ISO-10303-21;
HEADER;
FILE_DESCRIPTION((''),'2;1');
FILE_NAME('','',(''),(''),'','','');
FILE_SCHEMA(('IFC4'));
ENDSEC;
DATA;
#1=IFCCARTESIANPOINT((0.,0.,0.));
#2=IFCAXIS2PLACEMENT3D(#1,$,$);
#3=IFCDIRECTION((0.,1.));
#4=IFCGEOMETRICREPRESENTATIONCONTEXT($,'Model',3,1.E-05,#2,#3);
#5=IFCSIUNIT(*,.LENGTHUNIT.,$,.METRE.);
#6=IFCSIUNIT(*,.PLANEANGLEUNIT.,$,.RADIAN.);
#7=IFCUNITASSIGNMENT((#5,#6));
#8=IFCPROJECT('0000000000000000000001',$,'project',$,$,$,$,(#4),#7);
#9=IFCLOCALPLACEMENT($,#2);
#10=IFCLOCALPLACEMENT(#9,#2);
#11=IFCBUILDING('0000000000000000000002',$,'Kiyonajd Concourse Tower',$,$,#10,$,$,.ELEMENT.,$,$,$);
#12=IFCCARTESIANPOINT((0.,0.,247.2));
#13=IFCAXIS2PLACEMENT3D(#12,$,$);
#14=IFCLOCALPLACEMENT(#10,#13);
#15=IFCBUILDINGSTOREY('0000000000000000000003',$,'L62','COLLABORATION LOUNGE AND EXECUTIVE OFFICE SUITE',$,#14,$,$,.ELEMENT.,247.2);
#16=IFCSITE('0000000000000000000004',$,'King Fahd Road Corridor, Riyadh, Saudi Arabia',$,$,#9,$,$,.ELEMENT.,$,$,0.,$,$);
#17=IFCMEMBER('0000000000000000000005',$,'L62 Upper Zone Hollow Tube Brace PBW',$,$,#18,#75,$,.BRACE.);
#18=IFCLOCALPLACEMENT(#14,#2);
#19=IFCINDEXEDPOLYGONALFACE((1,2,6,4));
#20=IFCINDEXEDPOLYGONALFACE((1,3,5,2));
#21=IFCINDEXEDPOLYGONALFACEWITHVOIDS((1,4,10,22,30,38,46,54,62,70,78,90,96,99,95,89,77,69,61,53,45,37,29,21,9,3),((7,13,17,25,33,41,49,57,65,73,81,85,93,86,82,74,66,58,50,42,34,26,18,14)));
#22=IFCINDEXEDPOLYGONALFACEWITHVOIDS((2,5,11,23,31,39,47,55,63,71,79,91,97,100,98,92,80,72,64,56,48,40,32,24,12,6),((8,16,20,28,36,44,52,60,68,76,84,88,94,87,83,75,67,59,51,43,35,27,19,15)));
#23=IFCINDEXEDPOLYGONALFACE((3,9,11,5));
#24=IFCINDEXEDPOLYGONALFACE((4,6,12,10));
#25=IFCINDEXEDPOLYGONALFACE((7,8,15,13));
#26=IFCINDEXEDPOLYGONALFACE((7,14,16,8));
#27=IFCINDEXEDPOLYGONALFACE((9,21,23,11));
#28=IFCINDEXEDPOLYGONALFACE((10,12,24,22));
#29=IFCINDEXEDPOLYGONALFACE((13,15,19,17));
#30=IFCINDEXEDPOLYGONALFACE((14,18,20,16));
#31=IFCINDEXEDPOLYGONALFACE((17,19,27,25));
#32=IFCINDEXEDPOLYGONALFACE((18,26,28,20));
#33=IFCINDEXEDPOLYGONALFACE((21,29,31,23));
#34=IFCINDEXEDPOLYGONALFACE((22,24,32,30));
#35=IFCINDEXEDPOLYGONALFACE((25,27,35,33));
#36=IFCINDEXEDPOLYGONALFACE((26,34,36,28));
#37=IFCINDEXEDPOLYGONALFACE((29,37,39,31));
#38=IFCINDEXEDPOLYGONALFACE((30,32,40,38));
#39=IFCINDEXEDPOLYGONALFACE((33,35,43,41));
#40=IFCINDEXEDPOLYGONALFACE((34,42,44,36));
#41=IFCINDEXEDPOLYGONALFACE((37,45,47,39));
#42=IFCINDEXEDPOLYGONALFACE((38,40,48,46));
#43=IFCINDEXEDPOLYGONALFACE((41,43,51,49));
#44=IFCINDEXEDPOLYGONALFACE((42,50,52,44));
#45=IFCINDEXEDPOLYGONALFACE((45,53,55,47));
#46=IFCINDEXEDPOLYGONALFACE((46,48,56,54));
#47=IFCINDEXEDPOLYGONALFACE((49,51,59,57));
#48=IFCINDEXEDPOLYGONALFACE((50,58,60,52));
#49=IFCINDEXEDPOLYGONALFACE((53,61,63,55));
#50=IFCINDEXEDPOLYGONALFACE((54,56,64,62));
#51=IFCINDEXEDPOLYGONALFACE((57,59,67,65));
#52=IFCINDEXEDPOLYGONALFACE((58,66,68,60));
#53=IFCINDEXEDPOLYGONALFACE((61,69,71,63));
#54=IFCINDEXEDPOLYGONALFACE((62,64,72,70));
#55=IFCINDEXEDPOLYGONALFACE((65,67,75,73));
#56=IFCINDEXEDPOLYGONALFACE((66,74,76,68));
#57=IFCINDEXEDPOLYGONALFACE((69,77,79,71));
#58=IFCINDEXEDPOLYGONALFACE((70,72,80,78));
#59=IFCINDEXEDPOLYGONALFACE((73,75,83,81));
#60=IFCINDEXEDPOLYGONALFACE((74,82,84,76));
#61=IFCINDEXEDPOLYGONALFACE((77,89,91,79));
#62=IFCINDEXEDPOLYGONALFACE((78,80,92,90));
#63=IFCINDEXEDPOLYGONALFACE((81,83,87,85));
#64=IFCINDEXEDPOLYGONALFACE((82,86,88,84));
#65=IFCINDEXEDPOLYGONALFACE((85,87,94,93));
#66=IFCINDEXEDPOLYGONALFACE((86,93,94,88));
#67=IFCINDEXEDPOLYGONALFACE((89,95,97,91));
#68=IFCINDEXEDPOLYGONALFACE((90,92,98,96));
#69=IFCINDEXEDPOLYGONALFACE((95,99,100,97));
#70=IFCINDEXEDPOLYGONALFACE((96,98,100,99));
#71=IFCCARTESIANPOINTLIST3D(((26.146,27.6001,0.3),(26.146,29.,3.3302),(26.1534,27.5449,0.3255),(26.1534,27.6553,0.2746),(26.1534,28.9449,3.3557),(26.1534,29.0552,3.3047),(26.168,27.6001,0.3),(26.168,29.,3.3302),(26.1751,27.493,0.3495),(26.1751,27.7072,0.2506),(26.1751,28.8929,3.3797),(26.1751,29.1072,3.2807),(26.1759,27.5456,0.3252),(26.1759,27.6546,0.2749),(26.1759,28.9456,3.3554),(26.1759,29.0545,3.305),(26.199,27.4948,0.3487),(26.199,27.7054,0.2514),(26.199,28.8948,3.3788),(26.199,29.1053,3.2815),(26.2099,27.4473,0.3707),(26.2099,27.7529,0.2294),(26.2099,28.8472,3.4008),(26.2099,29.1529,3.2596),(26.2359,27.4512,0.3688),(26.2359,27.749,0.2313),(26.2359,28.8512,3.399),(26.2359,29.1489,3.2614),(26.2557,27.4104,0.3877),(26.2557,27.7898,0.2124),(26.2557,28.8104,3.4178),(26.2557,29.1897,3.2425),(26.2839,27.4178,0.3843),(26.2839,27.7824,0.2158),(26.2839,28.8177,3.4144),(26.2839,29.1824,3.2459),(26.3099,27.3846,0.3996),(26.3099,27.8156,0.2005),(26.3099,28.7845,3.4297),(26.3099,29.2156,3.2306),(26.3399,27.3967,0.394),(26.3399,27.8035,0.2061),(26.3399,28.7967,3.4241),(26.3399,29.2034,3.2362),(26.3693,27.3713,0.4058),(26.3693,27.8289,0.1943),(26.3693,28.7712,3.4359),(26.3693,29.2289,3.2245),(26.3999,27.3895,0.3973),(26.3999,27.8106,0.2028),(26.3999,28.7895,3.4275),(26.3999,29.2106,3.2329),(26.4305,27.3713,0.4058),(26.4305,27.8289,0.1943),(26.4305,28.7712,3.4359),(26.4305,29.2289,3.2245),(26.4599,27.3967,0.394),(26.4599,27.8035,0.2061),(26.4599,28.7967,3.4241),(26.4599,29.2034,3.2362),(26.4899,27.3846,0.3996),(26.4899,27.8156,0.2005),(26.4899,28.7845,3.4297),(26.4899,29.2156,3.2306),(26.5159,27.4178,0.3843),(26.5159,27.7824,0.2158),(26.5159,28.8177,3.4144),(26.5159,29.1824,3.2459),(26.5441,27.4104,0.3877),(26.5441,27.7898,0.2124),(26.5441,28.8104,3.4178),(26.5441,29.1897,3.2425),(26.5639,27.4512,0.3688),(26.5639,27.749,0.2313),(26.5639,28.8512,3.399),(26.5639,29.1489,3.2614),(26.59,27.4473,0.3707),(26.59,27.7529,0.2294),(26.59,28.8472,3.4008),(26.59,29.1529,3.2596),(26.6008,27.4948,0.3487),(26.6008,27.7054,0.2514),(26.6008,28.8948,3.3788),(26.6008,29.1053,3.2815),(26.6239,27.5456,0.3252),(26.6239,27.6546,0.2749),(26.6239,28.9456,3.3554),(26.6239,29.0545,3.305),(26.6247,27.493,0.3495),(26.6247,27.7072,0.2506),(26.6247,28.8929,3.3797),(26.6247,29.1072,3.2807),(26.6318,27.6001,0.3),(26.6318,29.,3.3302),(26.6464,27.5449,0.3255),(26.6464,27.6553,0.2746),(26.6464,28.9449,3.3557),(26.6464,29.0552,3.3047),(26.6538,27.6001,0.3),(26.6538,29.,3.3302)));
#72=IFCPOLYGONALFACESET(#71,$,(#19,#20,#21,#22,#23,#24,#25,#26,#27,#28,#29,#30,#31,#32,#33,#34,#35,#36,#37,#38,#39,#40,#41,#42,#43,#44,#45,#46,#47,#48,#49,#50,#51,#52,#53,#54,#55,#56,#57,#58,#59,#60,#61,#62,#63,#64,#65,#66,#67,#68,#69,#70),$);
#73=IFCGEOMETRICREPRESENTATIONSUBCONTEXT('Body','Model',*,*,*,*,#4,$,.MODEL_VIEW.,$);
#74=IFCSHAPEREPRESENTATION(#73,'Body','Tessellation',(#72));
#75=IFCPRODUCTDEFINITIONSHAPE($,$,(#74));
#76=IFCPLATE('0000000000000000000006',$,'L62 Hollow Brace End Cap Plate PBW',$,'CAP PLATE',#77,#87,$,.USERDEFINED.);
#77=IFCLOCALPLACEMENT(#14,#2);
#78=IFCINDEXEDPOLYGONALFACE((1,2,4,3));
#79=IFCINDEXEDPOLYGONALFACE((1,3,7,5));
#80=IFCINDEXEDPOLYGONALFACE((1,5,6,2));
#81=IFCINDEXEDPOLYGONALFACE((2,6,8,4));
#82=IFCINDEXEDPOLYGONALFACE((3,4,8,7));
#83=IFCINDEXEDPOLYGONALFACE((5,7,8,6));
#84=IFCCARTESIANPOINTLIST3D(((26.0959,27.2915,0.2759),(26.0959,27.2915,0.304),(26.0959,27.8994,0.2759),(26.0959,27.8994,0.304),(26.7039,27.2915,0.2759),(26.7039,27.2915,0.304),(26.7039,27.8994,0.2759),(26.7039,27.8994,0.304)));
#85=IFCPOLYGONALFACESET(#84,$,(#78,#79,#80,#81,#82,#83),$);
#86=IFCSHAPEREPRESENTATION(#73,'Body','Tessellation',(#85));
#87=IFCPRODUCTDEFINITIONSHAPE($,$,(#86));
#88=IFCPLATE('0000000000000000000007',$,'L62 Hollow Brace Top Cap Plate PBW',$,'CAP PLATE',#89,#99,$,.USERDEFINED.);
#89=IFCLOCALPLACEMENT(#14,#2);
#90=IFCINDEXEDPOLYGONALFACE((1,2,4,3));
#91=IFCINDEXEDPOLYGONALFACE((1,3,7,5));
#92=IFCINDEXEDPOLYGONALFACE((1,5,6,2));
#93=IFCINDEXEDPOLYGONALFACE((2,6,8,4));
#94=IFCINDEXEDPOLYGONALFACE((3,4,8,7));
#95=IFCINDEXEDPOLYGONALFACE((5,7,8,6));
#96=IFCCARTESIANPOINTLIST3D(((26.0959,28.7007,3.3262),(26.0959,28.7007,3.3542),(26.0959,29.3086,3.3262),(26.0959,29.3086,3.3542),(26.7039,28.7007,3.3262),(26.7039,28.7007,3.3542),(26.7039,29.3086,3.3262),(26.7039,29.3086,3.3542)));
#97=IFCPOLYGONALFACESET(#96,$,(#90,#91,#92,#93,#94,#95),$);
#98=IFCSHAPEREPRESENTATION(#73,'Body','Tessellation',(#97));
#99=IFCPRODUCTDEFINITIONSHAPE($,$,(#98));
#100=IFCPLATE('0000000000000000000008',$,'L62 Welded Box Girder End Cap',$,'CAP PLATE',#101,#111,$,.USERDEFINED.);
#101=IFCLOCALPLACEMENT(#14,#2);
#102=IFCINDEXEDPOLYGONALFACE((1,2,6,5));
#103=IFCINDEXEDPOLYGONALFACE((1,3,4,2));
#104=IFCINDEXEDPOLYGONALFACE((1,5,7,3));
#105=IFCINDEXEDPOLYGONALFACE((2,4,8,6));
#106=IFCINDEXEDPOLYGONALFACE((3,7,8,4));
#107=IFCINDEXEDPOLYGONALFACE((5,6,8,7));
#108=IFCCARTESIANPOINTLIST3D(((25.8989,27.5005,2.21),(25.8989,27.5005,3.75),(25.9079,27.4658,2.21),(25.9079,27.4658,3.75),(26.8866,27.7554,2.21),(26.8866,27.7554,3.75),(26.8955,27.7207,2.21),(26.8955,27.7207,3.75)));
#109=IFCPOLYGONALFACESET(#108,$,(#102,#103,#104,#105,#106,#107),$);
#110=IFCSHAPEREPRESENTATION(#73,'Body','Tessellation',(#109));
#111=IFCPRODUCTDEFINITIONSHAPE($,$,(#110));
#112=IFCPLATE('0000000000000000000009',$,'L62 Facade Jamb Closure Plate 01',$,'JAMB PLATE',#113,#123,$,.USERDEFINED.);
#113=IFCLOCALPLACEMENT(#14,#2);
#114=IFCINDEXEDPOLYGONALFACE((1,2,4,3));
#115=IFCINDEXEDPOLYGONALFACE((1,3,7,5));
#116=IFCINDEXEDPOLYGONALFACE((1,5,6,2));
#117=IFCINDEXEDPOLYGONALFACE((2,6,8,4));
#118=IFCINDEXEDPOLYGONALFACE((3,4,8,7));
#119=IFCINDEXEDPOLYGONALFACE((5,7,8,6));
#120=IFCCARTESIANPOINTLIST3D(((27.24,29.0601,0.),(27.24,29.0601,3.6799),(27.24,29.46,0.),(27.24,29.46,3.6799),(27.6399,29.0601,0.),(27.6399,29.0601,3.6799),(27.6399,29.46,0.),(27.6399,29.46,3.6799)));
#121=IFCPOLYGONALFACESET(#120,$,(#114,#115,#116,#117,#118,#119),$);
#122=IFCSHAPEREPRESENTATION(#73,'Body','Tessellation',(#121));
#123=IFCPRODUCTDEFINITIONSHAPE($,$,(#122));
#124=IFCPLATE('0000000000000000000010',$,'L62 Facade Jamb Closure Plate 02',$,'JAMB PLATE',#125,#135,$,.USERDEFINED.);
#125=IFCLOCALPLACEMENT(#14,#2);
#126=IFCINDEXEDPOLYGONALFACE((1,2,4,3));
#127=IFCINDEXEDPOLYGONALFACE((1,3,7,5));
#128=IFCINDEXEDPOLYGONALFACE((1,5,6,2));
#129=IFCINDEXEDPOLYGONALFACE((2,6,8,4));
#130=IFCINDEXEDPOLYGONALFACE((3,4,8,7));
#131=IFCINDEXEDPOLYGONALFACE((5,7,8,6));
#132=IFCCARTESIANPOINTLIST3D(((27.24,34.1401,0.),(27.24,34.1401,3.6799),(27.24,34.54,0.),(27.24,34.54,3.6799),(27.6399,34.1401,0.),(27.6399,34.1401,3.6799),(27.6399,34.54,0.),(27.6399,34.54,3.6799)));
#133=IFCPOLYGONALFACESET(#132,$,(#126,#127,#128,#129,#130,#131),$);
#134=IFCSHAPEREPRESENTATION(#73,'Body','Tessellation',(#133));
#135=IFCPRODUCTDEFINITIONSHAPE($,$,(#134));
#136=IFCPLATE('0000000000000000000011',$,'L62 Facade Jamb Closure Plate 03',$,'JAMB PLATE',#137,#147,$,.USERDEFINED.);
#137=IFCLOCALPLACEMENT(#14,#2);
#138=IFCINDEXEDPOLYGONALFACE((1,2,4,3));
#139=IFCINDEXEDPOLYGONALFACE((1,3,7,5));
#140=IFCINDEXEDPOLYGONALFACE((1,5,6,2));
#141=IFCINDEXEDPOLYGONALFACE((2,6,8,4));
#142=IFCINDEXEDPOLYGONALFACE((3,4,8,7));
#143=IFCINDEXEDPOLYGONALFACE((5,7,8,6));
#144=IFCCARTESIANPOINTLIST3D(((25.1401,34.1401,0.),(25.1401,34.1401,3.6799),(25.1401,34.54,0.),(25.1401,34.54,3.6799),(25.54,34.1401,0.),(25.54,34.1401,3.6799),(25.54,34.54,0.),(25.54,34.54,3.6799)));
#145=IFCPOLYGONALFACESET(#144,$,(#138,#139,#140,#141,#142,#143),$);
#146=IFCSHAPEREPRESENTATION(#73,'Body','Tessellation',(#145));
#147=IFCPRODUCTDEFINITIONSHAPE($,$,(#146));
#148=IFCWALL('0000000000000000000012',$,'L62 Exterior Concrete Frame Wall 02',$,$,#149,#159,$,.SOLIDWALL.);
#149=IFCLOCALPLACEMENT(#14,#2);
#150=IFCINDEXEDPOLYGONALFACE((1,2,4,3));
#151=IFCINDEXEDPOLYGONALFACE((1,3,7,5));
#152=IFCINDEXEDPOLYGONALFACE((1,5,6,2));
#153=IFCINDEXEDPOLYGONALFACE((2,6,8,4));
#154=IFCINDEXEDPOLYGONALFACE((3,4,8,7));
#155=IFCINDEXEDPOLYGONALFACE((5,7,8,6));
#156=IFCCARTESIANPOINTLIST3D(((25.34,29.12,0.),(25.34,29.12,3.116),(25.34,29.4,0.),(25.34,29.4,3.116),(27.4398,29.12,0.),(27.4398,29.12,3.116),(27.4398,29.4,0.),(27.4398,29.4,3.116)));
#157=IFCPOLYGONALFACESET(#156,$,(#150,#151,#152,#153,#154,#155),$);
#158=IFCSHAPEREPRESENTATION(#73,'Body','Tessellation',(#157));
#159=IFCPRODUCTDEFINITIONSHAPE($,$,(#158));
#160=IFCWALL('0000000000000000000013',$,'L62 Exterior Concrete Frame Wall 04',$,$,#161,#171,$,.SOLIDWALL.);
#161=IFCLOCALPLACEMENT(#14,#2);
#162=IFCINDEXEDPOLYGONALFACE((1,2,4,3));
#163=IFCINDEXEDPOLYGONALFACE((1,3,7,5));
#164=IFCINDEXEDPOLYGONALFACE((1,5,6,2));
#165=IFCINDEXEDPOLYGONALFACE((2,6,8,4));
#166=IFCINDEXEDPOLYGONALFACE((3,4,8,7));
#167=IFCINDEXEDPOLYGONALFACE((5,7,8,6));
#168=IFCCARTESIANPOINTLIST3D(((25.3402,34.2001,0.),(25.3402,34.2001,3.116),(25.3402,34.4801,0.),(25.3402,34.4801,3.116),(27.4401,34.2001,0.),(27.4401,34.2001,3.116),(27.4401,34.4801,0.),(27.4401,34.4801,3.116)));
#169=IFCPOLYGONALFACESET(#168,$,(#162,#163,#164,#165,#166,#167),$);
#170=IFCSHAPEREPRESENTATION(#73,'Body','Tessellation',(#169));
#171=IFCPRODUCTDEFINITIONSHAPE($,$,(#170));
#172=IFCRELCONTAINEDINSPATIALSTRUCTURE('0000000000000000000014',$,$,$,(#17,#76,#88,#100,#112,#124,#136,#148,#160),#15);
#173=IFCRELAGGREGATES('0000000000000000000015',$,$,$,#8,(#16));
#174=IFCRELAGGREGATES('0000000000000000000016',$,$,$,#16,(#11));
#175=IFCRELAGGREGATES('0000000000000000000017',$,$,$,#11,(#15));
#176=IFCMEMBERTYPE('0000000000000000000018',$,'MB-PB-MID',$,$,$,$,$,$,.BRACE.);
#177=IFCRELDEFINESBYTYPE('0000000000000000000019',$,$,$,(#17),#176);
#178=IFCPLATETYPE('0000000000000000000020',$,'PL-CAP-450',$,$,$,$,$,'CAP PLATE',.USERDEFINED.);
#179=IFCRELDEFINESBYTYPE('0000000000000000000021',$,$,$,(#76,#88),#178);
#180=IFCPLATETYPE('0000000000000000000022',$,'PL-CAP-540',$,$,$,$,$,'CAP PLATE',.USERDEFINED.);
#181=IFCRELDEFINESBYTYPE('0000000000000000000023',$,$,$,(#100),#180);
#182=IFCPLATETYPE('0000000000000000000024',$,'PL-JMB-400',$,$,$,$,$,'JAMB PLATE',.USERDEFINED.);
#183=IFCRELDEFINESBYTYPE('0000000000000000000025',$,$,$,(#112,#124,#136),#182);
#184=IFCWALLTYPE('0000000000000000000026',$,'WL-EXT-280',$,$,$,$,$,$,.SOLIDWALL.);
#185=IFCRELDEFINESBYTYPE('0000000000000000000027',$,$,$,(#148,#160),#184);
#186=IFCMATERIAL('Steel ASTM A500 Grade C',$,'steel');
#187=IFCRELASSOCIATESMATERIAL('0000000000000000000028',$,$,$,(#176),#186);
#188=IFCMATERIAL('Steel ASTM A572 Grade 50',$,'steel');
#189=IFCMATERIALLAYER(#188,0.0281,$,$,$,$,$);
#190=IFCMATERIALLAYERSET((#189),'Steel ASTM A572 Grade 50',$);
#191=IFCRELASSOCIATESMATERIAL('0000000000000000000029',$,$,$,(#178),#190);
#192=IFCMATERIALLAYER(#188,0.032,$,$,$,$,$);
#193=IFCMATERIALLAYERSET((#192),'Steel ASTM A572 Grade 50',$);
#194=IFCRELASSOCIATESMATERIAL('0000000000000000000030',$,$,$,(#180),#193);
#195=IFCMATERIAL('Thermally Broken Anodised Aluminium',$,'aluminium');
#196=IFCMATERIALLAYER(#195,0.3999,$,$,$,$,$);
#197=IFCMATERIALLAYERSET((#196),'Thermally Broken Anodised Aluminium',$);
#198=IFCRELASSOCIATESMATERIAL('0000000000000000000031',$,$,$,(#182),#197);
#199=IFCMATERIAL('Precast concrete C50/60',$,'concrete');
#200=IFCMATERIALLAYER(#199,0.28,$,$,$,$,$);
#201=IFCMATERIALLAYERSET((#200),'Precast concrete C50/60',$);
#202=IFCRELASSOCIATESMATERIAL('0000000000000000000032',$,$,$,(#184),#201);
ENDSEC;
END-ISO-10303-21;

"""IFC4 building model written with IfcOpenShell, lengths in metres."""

from ifc_helpers import new_model, si_unit, direction, frame, frame_2d, origin, origin_2d, place, context, subcontext, project, spatial, rectangle, hollow_circle, extrude, material, layer, layer_set, material_profile, profile_set, type_object, element, save


model = new_model("IFC4")

# Units and contexts
model_context = context("Model", 3, precision=1e-05, world=origin(), true_north=direction((0.0, 1.0)))
body_context = subcontext(model_context, "Body", "Model", "MODEL_VIEW")
ifc_project = project(units=[si_unit("LENGTHUNIT", "METRE"), si_unit("PLANEANGLEUNIT", "RADIAN")], contexts=[model_context])

# Site, building, storey
site_placement = place(None, origin())
site = spatial("IfcSite", under=ifc_project, at=site_placement, Name="King Fahd Road Corridor, Riyadh, Saudi Arabia", CompositionType="ELEMENT", RefElevation=0.0)
building_placement = place(site_placement, origin())
building = spatial("IfcBuilding", under=site, at=building_placement, Name="Kiyonajd Concourse Tower", CompositionType="ELEMENT")
storey_placement = place(building_placement, frame((0.0, 0.0, 247.2)))
storey = spatial("IfcBuildingStorey", under=building, at=storey_placement, Name="L62", Description="COLLABORATION LOUNGE AND EXECUTIVE OFFICE SUITE", CompositionType="ELEMENT", Elevation=247.2)

# Shared definitions
ifc_material_1 = material(Name="Steel ASTM A572 Grade 50", Category="steel")

# Shared definitions
ifc_material_2 = material(Name="Thermally Broken Anodised Aluminium", Category="aluminium")

# Member
ifc_material_3 = material(Name="Steel ASTM A500 Grade C", Category="steel")
ifc_material_profile_1 = material_profile(ifc_material_3, hollow_circle(Radius=0.2539, WallThickness=0.022, at=origin_2d()), Name="CHS-508x22")
ifc_profile_set_1 = profile_set([ifc_material_profile_1], Name="Steel ASTM A500 Grade C")
member_type_1 = type_object("IfcMemberType", Name="MB-PB-MID", PredefinedType="BRACE", material=ifc_profile_set_1)
member_1_placement = place(storey_placement, frame((26.3999, 27.6001, 0.3), z_axis=(0.0, 0.419411, 0.907797), x_axis=(-1.0, 0.0, 0.0)))
element("IfcMember", 1, at=member_1_placement, inside=storey, type_object=member_type_1, Name="L62 Upper Zone Hollow Tube Brace PBW", PredefinedType="BRACE", context=body_context, shape_type="SweptSolid", body=[
    extrude(hollow_circle(Radius=0.2539, WallThickness=0.022, at=origin_2d()), origin(), (0.0, 0.0, 1.0), 3.3379),
])

# Plates
ifc_layer_1 = layer(ifc_material_1, 0.0281)
ifc_layer_set_1 = layer_set([ifc_layer_1], Name="Steel ASTM A572 Grade 50")
plate_type_1 = type_object("IfcPlateType", Name="PL-CAP-450", ElementType="CAP PLATE", PredefinedType="USERDEFINED", material=ifc_layer_set_1)
for number, where, z_axis, x_axis, name in (
    (2, (26.3999, 27.5955, 0.2759), (0.0, 0.0, 1.0), (1.0, 0.0, 0.0), "L62 Hollow Brace End Cap Plate PBW"),
    (3, (26.3999, 29.0046, 3.3262), (0.0, 0.0, 1.0), (1.0, 0.0, 0.0), "L62 Hollow Brace Top Cap Plate PBW"),
):
    element("IfcPlate", number, at=place(storey_placement, frame(where, z_axis=z_axis, x_axis=x_axis)), inside=storey, type_object=plate_type_1, Name=name, ObjectType="CAP PLATE", PredefinedType="USERDEFINED", context=body_context, shape_type="SweptSolid", body=[
        extrude(rectangle(XDim=0.6079, YDim=0.6079, at=origin_2d()), origin(), (0.0, 0.0, 1.0), 0.0281),
    ])
ifc_layer_2 = layer(ifc_material_1, 0.032)
ifc_layer_set_2 = layer_set([ifc_layer_2], Name="Steel ASTM A572 Grade 50")
plate_type_2 = type_object("IfcPlateType", Name="PL-CAP-540", ElementType="CAP PLATE", PredefinedType="USERDEFINED", material=ifc_layer_set_2)
plate_placement = place(storey_placement, frame((26.3972, 27.6106, 2.21), z_axis=(0.0, 0.0, 1.0), x_axis=(-0.249873, 0.968279, 0.0)))
element("IfcPlate", 4, at=plate_placement, inside=storey, type_object=plate_type_2, Name="L62 Welded Box Girder End Cap", ObjectType="CAP PLATE", PredefinedType="USERDEFINED", context=body_context, shape_type="SweptSolid", body=[
    extrude(rectangle(XDim=0.0359, YDim=1.02, at=origin_2d()), origin(), (0.0, 0.0, 1.0), 1.54),
])
ifc_layer_3 = layer(ifc_material_2, 0.3999)
ifc_layer_set_3 = layer_set([ifc_layer_3], Name="Thermally Broken Anodised Aluminium")
plate_type_3 = type_object("IfcPlateType", Name="PL-JMB-400", ElementType="JAMB PLATE", PredefinedType="USERDEFINED", material=ifc_layer_set_3)
for number, where, z_axis, x_axis, name in (
    (5, (27.4399, 29.26, 0.0), (0.0, 0.0, 1.0), (1.0, 0.0, 0.0), "L62 Facade Jamb Closure Plate 01"),
    (6, (27.4399, 34.3401, 0.0), (0.0, 0.0, 1.0), (1.0, 0.0, 0.0), "L62 Facade Jamb Closure Plate 02"),
    (7, (25.3401, 34.3401, 0.0), (0.0, 0.0, 1.0), (1.0, 0.0, 0.0), "L62 Facade Jamb Closure Plate 03"),
):
    element("IfcPlate", number, at=place(storey_placement, frame(where, z_axis=z_axis, x_axis=x_axis)), inside=storey, type_object=plate_type_3, Name=name, ObjectType="JAMB PLATE", PredefinedType="USERDEFINED", context=body_context, shape_type="SweptSolid", body=[
        extrude(rectangle(XDim=0.3999, YDim=0.3999, at=origin_2d()), origin(), (0.0, 0.0, 1.0), 3.6799),
    ])

# Walls
ifc_material_4 = material(Name="Precast concrete C50/60", Category="concrete")
ifc_layer_4 = layer(ifc_material_4, 0.28)
ifc_layer_set_4 = layer_set([ifc_layer_4], Name="Precast concrete C50/60")
wall_type_1 = type_object("IfcWallType", Name="WL-EXT-280", PredefinedType="SOLIDWALL", material=ifc_layer_set_4)
for number, where, z_axis, x_axis, name in (
    (8, (25.3401, 29.26, 0.0), (0.0, 0.0, 1.0), (1.0, 0.0, 0.0), "L62 Exterior Concrete Frame Wall 02"),
    (9, (27.4399, 34.3401, 0.0), (0.0, 0.0, 1.0), (-1.0, 0.0, 0.0), "L62 Exterior Concrete Frame Wall 04"),
):
    element("IfcWall", number, at=place(storey_placement, frame(where, z_axis=z_axis, x_axis=x_axis)), inside=storey, type_object=wall_type_1, Name=name, PredefinedType="SOLIDWALL", context=body_context, shape_type="SweptSolid", body=[
        extrude(rectangle(XDim=2.0999, YDim=0.28, at=frame_2d((1.0498, 0.0))), origin(), (0.0, 0.0, 1.0), 3.116),
    ])

save(model, "model.ifc")
